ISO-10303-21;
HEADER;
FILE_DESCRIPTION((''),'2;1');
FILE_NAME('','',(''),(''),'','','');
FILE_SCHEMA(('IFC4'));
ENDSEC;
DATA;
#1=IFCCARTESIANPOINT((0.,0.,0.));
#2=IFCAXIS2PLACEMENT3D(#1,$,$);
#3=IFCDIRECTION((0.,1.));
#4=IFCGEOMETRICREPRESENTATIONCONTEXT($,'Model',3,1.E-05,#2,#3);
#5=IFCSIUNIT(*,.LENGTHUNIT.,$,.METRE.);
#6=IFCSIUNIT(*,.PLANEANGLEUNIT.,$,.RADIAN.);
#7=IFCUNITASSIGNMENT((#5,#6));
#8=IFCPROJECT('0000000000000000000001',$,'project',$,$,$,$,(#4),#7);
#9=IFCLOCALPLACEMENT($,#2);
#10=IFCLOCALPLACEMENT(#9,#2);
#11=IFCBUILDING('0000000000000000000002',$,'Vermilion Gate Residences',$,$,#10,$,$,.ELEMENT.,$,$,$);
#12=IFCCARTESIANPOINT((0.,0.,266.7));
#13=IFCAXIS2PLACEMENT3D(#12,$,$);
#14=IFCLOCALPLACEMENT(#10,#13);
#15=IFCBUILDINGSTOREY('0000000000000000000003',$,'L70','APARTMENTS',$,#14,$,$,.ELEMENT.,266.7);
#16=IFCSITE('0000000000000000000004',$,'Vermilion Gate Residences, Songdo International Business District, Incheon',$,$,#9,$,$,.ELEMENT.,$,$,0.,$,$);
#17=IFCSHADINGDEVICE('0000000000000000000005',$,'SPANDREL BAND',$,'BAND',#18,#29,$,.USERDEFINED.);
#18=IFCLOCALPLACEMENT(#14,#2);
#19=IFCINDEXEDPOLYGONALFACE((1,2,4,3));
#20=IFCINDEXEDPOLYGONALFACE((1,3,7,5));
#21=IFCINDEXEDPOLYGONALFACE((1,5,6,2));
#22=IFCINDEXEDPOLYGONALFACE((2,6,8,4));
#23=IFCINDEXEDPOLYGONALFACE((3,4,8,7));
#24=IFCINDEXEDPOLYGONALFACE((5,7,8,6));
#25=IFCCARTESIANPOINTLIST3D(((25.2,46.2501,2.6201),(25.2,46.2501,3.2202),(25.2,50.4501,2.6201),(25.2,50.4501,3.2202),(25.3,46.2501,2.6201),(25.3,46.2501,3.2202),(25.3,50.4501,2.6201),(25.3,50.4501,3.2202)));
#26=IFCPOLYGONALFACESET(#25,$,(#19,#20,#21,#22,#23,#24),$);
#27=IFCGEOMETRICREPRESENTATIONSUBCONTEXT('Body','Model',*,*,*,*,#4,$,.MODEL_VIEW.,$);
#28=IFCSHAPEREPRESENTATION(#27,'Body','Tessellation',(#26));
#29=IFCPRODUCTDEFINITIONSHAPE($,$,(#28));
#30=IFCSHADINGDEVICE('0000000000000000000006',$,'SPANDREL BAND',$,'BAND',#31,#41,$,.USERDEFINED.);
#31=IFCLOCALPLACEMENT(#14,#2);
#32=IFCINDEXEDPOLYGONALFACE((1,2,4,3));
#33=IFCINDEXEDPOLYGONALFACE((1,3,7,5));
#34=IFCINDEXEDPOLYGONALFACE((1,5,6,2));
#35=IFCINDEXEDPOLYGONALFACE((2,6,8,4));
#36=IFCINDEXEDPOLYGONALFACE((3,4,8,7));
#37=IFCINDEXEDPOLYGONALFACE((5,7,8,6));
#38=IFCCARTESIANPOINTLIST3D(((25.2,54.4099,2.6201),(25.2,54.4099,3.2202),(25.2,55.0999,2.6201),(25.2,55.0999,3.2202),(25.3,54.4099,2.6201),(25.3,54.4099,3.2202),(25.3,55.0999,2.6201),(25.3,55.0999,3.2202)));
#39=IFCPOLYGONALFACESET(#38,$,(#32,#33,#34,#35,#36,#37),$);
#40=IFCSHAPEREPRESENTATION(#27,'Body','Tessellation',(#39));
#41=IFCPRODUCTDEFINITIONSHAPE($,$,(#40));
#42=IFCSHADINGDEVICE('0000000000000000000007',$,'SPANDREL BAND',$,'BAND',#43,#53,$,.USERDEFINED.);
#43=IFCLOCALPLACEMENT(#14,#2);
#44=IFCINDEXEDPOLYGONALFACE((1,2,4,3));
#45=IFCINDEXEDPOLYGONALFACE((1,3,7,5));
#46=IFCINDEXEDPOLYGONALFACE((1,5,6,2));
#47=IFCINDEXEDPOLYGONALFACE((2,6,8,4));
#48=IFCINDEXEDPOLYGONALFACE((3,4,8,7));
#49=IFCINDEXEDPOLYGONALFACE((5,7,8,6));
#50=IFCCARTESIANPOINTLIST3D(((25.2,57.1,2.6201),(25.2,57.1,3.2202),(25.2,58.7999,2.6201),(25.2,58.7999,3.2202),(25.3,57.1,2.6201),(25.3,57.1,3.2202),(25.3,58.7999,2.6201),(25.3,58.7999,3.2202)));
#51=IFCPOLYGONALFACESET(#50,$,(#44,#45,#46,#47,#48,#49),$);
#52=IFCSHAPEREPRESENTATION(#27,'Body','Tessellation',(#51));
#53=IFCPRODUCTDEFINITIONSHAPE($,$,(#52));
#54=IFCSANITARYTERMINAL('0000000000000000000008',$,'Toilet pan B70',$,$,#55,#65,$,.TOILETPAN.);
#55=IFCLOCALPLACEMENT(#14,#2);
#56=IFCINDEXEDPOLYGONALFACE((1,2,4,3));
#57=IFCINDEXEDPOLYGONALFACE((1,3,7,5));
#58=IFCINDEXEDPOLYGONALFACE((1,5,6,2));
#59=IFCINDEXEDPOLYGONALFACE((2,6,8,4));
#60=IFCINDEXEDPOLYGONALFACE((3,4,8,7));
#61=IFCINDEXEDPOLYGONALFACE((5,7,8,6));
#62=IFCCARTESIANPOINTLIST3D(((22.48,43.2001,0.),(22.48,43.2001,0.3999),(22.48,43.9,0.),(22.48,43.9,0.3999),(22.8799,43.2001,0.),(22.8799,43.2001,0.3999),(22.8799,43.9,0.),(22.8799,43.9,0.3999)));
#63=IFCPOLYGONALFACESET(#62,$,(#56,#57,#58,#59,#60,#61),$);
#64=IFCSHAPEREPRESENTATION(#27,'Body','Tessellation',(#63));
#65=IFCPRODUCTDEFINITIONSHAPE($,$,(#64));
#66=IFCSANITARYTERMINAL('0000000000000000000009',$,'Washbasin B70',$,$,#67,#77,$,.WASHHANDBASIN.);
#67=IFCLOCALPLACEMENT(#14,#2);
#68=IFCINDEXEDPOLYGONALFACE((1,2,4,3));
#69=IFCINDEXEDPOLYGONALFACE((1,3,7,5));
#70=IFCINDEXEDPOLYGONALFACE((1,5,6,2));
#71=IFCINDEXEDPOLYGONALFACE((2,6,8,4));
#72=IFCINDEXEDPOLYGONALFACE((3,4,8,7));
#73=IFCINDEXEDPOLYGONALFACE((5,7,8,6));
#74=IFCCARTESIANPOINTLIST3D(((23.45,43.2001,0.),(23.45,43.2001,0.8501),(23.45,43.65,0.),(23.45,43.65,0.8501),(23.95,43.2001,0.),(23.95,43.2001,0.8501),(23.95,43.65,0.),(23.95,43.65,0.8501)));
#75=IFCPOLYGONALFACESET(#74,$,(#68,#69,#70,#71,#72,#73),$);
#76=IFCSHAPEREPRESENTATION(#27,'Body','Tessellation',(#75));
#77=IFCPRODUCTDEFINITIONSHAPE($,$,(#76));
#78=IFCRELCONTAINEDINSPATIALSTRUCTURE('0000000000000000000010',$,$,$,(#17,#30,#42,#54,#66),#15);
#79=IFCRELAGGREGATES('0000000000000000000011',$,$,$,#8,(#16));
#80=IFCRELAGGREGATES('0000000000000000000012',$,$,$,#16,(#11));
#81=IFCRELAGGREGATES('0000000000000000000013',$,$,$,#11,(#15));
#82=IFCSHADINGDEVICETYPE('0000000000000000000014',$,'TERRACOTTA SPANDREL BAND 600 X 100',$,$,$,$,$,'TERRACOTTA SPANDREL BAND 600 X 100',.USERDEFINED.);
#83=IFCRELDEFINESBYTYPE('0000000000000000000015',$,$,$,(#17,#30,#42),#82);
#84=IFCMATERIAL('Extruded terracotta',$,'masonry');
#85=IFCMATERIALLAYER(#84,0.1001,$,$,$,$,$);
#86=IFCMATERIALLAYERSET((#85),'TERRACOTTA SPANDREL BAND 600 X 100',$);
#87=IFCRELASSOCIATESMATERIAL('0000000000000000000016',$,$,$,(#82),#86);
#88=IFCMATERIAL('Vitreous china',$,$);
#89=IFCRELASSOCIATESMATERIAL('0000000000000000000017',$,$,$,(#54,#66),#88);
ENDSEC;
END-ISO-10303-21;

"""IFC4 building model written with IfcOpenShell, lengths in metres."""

from ifc_helpers import new_model, si_unit, direction, frame, origin, origin_2d, place, context, subcontext, project, spatial, rectangle, extrude, material, layer, layer_set, type_object, element, save


model = new_model("IFC4")

# Units and contexts
model_context = context("Model", 3, precision=1e-05, world=origin(), true_north=direction((0.0, 1.0)))
body_context = subcontext(model_context, "Body", "Model", "MODEL_VIEW")
ifc_project = project(units=[si_unit("LENGTHUNIT", "METRE"), si_unit("PLANEANGLEUNIT", "RADIAN")], contexts=[model_context])

# Site, building, storey
site_placement = place(None, origin())
site = spatial("IfcSite", under=ifc_project, at=site_placement, Name="Vermilion Gate Residences, Songdo International Business District, Incheon", CompositionType="ELEMENT", RefElevation=0.0)
building_placement = place(site_placement, origin())
building = spatial("IfcBuilding", under=site, at=building_placement, Name="Vermilion Gate Residences", CompositionType="ELEMENT")
storey_placement = place(building_placement, frame((0.0, 0.0, 266.7)))
storey = spatial("IfcBuildingStorey", under=building, at=storey_placement, Name="L70", Description="APARTMENTS", CompositionType="ELEMENT", Elevation=266.7)

# Shading devices
ifc_material_1 = material(Name="Extruded terracotta", Category="masonry")
ifc_layer_1 = layer(ifc_material_1, 0.1001)
ifc_layer_set_1 = layer_set([ifc_layer_1], Name="TERRACOTTA SPANDREL BAND 600 X 100")
shading_device_type_1 = type_object("IfcShadingDeviceType", Name="TERRACOTTA SPANDREL BAND 600 X 100", ElementType="TERRACOTTA SPANDREL BAND 600 X 100", PredefinedType="USERDEFINED", material=ifc_layer_set_1)
shading_device_1_placement = place(storey_placement, frame((25.25, 48.3501, 2.6201), z_axis=(0.0, 0.0, 1.0), x_axis=(0.0, 1.0, 0.0)))
element("IfcShadingDevice", 1, at=shading_device_1_placement, inside=storey, type_object=shading_device_type_1, Name="SPANDREL BAND", ObjectType="BAND", PredefinedType="USERDEFINED", context=body_context, shape_type="SweptSolid", body=[
    extrude(rectangle(XDim=4.2, YDim=0.1001, at=origin_2d()), origin(), (0.0, 0.0, 1.0), 0.6001),
])
shading_device_2_placement = place(storey_placement, frame((25.25, 54.7549, 2.6201), z_axis=(0.0, 0.0, 1.0), x_axis=(0.0, 1.0, 0.0)))
element("IfcShadingDevice", 2, at=shading_device_2_placement, inside=storey, type_object=shading_device_type_1, Name="SPANDREL BAND", ObjectType="BAND", PredefinedType="USERDEFINED", context=body_context, shape_type="SweptSolid", body=[
    extrude(rectangle(XDim=0.6899, YDim=0.1001, at=origin_2d()), origin(), (0.0, 0.0, 1.0), 0.6001),
])
shading_device_3_placement = place(storey_placement, frame((25.25, 57.95, 2.6201), z_axis=(0.0, 0.0, 1.0), x_axis=(0.0, 1.0, 0.0)))
element("IfcShadingDevice", 3, at=shading_device_3_placement, inside=storey, type_object=shading_device_type_1, Name="SPANDREL BAND", ObjectType="BAND", PredefinedType="USERDEFINED", context=body_context, shape_type="SweptSolid", body=[
    extrude(rectangle(XDim=1.7, YDim=0.1001, at=origin_2d()), origin(), (0.0, 0.0, 1.0), 0.6001),
])

# Sanitary terminals
ifc_material_2 = material(Name="Vitreous china")
sanitary_terminal_1_placement = place(storey_placement, frame((22.6799, 43.55, 0.0), z_axis=(0.0, 0.0, 1.0), x_axis=(1.0, 0.0, 0.0)))
element("IfcSanitaryTerminal", 4, at=sanitary_terminal_1_placement, inside=storey, material=ifc_material_2, Name="Toilet pan B70", PredefinedType="TOILETPAN", context=body_context, shape_type="SweptSolid", body=[
    extrude(rectangle(XDim=0.3999, YDim=0.7, at=origin_2d()), origin(), (0.0, 0.0, 1.0), 0.3999),
])
sanitary_terminal_2_placement = place(storey_placement, frame((23.7, 43.425, 0.0), z_axis=(0.0, 0.0, 1.0), x_axis=(1.0, 0.0, 0.0)))
element("IfcSanitaryTerminal", 5, at=sanitary_terminal_2_placement, inside=storey, material=ifc_material_2, Name="Washbasin B70", PredefinedType="WASHHANDBASIN", context=body_context, shape_type="SweptSolid", body=[
    extrude(rectangle(XDim=0.5, YDim=0.45, at=origin_2d()), origin(), (0.0, 0.0, 1.0), 0.8501),
])

save(model, "model.ifc")
